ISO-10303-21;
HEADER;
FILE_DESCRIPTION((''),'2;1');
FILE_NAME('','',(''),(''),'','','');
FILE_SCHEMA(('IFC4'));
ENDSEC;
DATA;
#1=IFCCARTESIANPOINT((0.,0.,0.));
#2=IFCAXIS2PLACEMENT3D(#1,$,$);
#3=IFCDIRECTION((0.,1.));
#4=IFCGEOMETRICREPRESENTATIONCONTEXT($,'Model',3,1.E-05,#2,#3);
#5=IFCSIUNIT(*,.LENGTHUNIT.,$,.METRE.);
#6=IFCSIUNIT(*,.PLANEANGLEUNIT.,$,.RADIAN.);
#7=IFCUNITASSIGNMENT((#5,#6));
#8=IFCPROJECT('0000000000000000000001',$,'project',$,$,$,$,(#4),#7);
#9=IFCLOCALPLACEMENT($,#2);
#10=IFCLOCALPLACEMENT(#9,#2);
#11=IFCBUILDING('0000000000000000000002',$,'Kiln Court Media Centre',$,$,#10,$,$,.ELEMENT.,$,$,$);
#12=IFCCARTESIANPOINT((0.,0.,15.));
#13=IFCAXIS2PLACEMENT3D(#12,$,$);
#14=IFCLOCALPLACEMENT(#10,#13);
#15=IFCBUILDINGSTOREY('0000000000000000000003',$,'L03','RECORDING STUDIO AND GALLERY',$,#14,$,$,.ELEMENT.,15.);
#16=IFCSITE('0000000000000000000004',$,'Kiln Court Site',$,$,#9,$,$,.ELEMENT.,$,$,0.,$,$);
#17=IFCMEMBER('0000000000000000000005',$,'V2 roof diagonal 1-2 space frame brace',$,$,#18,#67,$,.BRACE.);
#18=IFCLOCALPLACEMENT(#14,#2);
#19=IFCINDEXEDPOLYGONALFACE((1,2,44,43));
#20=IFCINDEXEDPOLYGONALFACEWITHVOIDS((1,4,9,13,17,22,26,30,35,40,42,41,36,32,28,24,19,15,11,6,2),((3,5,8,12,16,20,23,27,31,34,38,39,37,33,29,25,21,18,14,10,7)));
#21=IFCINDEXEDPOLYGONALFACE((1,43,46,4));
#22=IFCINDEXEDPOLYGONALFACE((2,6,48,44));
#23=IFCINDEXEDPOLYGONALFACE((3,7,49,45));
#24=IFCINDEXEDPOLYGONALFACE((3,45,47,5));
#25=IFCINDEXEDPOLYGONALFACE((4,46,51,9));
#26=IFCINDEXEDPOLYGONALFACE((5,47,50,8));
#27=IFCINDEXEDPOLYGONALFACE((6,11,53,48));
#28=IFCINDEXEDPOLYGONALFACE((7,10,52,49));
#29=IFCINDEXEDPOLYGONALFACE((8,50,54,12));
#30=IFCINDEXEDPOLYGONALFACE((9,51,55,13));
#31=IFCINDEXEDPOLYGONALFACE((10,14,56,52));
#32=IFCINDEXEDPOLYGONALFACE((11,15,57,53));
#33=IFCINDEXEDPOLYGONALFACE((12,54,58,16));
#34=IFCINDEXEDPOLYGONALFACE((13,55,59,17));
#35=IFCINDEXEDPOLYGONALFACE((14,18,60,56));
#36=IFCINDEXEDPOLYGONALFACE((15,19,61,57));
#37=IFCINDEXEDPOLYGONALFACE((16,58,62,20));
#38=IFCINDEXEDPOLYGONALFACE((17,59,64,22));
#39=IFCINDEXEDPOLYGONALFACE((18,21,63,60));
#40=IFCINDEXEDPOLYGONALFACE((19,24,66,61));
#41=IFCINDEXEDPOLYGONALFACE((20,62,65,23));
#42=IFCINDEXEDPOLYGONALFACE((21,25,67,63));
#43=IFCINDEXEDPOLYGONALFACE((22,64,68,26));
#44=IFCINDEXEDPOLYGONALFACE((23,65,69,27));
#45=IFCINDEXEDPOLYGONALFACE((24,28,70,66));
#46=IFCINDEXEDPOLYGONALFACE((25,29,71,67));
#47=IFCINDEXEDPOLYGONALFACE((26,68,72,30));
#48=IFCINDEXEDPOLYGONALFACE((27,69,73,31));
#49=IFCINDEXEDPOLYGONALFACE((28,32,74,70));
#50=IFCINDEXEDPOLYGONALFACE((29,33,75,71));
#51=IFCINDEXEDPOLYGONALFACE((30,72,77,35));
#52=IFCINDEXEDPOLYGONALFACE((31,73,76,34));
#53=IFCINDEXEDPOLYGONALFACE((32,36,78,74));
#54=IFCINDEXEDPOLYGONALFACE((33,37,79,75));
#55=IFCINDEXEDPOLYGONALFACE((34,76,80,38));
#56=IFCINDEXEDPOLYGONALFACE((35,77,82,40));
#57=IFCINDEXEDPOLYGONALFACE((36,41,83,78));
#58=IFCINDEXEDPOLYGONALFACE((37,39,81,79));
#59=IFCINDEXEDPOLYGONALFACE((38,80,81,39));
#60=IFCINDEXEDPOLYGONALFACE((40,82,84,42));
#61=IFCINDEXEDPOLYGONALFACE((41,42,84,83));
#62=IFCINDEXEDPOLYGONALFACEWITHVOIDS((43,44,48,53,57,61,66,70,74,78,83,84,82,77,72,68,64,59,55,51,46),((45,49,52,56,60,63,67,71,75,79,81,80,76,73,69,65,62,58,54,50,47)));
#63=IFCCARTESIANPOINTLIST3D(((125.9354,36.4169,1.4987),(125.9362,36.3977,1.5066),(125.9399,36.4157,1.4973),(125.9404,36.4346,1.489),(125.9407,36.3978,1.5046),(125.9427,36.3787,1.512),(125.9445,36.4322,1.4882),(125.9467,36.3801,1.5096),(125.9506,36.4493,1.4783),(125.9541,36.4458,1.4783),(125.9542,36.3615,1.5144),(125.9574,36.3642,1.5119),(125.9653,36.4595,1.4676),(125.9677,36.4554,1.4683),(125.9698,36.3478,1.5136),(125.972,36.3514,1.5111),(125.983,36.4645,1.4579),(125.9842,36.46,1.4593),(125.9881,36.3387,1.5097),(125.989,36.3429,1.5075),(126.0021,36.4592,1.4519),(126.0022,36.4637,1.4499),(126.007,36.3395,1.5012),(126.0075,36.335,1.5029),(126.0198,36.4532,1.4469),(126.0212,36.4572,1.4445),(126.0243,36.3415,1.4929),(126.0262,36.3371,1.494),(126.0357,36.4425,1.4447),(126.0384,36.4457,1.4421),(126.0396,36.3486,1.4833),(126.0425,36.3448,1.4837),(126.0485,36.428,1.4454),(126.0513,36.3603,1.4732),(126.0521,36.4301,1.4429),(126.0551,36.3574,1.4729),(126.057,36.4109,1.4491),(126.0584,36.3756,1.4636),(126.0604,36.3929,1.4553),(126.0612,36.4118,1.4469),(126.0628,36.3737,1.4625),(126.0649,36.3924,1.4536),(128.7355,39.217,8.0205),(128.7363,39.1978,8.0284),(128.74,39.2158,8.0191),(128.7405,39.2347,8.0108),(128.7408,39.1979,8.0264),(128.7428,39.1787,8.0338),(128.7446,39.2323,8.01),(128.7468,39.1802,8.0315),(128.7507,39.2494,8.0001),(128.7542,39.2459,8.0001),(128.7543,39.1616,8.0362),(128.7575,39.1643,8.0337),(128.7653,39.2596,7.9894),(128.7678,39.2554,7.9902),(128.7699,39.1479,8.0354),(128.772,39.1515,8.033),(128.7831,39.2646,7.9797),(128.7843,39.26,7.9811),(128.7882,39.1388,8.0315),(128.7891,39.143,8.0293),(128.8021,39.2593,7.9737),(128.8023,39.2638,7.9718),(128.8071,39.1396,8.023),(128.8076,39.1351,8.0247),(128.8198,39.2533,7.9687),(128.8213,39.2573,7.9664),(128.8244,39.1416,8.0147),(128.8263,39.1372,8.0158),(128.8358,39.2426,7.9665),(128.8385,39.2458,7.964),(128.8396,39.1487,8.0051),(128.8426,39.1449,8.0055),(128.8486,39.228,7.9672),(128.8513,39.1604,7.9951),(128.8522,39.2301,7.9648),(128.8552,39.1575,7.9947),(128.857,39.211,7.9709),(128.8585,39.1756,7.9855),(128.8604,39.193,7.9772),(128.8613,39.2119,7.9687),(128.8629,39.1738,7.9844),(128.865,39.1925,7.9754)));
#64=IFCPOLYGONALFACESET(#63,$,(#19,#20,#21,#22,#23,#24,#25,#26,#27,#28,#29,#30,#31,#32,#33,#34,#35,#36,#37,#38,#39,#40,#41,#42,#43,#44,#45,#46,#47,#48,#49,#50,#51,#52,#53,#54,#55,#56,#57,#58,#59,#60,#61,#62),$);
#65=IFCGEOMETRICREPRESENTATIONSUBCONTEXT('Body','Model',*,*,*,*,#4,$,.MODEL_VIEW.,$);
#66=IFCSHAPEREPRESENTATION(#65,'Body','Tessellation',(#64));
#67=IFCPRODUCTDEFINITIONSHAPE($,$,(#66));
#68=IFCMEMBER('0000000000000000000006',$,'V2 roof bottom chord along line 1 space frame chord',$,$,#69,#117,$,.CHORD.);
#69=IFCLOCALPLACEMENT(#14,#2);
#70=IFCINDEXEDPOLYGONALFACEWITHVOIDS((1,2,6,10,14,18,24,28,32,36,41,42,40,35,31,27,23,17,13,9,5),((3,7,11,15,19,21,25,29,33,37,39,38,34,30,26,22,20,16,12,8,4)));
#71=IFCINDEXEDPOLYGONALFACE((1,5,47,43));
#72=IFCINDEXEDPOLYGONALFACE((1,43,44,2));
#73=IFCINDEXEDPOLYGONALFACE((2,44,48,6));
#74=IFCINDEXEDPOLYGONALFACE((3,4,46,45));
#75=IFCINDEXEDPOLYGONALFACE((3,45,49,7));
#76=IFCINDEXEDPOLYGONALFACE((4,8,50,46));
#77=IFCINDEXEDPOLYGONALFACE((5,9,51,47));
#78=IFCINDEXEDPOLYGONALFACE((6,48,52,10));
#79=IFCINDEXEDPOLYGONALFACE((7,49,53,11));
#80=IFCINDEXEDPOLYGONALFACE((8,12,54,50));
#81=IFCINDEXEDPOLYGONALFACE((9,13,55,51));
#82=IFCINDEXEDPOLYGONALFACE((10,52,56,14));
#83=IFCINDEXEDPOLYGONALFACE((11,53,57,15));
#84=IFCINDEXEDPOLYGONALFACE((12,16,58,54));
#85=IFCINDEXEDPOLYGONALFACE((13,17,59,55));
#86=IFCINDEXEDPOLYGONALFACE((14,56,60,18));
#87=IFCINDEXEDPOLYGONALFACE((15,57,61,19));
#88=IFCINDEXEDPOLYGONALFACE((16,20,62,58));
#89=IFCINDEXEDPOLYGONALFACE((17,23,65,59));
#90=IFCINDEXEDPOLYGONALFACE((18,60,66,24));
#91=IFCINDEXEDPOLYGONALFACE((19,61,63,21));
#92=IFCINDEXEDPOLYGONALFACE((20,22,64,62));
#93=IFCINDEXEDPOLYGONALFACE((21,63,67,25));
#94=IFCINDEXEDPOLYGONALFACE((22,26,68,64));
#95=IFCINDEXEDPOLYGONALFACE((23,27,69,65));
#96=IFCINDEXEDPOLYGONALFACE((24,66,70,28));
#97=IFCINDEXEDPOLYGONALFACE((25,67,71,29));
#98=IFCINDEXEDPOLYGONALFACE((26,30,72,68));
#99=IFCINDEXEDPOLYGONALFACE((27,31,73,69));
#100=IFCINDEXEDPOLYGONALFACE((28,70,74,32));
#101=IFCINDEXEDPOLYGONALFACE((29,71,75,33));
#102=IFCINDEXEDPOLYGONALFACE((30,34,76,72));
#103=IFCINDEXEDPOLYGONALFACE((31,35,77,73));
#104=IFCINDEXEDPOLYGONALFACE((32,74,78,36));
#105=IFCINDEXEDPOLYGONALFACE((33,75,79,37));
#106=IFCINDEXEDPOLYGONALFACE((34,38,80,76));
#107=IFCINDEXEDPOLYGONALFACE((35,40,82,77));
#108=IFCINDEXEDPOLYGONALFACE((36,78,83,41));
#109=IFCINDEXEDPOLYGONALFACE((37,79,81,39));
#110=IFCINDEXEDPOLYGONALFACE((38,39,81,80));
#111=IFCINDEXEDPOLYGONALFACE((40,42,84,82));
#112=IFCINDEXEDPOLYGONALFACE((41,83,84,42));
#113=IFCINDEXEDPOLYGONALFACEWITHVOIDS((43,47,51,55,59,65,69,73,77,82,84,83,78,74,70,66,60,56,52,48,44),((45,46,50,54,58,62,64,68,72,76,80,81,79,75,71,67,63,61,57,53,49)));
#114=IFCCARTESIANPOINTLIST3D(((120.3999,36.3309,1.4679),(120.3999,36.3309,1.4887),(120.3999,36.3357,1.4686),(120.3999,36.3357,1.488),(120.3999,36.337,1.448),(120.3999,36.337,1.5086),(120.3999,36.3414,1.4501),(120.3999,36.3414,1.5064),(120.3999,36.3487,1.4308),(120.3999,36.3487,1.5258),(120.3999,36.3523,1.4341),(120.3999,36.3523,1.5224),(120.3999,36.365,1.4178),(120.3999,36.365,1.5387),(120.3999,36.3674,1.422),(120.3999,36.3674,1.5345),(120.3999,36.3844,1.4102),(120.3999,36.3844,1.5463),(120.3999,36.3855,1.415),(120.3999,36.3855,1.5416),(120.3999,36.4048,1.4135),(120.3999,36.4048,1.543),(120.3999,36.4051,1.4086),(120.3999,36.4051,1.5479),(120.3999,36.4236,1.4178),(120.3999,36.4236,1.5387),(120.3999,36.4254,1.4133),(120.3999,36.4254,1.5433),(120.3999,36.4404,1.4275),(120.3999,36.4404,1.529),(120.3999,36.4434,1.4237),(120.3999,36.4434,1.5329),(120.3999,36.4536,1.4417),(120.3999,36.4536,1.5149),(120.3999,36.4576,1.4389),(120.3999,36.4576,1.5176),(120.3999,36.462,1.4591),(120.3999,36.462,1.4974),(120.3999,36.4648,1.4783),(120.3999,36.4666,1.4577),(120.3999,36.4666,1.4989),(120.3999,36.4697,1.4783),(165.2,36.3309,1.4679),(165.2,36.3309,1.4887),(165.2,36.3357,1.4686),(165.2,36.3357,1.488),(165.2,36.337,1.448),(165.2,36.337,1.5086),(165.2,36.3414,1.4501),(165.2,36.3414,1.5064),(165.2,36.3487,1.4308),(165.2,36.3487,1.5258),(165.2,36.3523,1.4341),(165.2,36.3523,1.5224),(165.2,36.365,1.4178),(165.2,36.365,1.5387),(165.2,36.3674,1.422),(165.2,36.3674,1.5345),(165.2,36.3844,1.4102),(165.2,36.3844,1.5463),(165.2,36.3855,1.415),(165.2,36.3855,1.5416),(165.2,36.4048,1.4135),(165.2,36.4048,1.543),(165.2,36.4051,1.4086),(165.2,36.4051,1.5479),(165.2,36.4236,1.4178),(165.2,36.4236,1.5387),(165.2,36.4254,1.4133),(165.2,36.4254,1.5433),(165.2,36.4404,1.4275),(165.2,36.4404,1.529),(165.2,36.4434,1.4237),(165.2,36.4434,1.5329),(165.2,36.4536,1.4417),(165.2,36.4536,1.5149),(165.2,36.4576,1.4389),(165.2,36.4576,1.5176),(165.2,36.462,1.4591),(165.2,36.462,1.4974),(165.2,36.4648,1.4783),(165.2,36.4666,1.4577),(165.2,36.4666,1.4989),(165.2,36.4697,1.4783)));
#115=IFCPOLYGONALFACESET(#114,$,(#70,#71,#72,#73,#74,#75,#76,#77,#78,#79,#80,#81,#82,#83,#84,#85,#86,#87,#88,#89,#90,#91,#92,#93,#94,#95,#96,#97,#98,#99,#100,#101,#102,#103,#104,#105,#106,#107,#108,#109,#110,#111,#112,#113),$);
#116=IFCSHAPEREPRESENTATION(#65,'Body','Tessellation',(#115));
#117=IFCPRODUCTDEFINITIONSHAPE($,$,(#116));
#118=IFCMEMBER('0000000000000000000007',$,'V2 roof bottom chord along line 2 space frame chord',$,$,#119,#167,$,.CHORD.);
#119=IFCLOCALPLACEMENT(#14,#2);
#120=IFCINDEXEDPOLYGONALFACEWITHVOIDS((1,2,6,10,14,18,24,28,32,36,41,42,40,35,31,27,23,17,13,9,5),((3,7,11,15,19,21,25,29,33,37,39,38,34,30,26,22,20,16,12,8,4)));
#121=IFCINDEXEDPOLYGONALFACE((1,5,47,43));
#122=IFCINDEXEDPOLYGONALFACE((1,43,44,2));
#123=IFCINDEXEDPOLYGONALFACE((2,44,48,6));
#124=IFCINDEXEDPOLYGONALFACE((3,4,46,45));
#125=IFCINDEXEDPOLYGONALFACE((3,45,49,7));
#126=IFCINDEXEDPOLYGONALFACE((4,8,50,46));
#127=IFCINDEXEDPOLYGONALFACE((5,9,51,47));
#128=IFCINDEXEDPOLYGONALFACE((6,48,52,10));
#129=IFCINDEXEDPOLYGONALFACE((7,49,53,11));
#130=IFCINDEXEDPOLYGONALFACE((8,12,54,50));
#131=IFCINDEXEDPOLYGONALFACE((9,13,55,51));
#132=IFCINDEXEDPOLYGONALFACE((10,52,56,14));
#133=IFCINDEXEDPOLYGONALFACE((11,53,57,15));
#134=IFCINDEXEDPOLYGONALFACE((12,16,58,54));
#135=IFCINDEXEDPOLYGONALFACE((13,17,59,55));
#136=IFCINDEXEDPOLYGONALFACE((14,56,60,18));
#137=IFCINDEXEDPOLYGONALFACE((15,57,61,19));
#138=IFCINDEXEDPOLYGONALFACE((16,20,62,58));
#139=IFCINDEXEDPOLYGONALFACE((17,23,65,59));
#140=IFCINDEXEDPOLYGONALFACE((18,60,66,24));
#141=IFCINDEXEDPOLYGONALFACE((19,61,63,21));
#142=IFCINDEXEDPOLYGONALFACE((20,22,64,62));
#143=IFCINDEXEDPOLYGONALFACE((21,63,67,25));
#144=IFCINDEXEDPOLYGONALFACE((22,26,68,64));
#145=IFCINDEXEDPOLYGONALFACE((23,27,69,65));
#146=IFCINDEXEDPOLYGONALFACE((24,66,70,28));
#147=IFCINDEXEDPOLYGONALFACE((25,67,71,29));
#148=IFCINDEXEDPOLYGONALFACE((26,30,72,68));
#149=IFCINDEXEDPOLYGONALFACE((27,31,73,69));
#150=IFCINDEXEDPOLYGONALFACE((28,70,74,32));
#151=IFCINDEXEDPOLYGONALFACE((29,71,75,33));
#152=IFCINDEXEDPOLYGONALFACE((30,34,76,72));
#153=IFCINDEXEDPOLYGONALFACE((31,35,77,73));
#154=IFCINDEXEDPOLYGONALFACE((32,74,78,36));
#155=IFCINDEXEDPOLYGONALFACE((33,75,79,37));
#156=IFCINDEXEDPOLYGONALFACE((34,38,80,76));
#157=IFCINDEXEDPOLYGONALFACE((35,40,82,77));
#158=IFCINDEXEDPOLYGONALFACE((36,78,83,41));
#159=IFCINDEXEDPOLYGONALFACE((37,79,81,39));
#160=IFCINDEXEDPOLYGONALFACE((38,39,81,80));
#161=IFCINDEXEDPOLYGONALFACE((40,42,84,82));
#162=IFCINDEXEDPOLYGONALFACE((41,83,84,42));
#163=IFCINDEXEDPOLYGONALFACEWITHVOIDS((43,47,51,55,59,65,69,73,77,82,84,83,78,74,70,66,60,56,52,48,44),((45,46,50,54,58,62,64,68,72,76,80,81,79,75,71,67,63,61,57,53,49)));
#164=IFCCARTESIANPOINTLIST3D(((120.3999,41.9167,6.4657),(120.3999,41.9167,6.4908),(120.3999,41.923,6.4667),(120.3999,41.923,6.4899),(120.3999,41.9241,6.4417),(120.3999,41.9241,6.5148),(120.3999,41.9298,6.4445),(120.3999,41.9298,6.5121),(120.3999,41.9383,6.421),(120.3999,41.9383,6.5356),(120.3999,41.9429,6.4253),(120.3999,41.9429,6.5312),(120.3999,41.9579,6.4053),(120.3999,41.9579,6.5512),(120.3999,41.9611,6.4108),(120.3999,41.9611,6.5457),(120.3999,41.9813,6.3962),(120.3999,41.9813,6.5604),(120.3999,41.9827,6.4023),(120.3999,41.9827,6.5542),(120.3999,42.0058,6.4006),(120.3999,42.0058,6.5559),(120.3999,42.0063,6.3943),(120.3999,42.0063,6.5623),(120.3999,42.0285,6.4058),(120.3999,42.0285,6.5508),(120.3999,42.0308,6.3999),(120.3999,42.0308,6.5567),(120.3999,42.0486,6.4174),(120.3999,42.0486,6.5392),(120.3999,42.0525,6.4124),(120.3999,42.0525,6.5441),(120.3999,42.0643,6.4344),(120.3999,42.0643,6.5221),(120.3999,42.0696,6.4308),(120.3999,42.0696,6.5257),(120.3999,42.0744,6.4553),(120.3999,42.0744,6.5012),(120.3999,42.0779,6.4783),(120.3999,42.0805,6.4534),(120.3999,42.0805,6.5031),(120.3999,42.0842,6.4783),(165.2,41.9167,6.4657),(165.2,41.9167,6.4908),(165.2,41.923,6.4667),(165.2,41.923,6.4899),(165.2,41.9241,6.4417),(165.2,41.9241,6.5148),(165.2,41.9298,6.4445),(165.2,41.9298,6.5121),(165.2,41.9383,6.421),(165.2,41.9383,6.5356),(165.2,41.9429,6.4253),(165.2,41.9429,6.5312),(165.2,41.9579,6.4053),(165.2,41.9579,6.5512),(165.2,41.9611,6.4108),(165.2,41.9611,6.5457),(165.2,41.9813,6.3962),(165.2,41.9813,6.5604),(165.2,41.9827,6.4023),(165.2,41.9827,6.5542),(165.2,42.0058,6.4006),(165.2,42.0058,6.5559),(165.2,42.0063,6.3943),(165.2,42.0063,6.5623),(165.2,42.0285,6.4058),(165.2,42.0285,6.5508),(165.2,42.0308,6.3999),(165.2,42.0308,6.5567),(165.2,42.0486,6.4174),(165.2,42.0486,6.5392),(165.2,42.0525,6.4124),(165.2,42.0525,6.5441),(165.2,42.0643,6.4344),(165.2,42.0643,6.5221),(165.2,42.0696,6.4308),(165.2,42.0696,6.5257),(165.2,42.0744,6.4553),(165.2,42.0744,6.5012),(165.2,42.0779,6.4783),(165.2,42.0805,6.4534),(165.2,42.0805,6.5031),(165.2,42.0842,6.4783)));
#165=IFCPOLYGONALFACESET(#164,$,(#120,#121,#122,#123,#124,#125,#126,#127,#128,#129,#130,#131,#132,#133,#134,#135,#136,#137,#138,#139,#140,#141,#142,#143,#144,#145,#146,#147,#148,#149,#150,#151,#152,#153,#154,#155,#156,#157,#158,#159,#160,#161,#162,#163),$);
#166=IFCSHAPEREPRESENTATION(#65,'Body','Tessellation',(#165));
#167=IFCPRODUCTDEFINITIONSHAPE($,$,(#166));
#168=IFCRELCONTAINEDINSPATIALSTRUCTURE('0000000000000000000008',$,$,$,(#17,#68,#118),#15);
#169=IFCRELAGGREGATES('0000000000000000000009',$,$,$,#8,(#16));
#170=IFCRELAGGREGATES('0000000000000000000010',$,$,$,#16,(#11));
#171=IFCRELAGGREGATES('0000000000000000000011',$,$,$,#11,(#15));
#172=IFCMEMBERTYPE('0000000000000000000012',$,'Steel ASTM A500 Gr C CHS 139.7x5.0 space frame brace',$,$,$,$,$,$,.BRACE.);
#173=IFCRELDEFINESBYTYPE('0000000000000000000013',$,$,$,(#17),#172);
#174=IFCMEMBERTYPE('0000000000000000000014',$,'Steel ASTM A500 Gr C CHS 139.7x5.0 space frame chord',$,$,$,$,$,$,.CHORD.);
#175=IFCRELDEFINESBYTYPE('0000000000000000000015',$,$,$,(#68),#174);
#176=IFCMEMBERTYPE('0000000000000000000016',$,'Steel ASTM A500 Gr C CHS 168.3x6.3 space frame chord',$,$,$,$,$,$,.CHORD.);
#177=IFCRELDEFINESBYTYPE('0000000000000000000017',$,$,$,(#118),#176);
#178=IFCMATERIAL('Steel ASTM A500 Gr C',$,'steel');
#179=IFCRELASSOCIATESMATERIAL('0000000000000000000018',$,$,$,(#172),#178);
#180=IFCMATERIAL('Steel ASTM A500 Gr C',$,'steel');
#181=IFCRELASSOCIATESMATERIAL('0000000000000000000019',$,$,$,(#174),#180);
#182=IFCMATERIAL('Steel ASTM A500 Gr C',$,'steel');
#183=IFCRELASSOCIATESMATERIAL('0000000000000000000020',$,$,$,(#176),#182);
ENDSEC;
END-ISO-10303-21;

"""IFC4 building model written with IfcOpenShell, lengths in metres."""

from ifc_helpers import new_model, si_unit, direction, frame, origin, origin_2d, place, context, subcontext, project, spatial, hollow_circle, extrude, material, material_profile, profile_set, type_object, element, save


model = new_model("IFC4")

# Units and contexts
model_context = context("Model", 3, precision=1e-05, world=origin(), true_north=direction((0.0, 1.0)))
body_context = subcontext(model_context, "Body", "Model", "MODEL_VIEW")
ifc_project = project(units=[si_unit("LENGTHUNIT", "METRE"), si_unit("PLANEANGLEUNIT", "RADIAN")], contexts=[model_context])

# Site, building, storey
site_placement = place(None, origin())
site = spatial("IfcSite", under=ifc_project, at=site_placement, Name="Kiln Court Site", CompositionType="ELEMENT", RefElevation=0.0)
building_placement = place(site_placement, origin())
building = spatial("IfcBuilding", under=site, at=building_placement, Name="Kiln Court Media Centre", CompositionType="ELEMENT")
storey_placement = place(building_placement, frame((0.0, 0.0, 15.0)))
storey = spatial("IfcBuildingStorey", under=building, at=storey_placement, Name="L03", Description="RECORDING STUDIO AND GALLERY", CompositionType="ELEMENT", Elevation=15.0)

# Members
ifc_material_1 = material(Name="Steel ASTM A500 Gr C", Category="steel")
ifc_material_profile_1 = material_profile(ifc_material_1, hollow_circle(Radius=0.0698, WallThickness=0.0049, at=origin_2d()), Name="CHS 139.7x5.0")
ifc_profile_set_1 = profile_set([ifc_material_profile_1], Name="Steel ASTM A500 Gr C")
member_type_1 = type_object("IfcMemberType", Name="Steel ASTM A500 Gr C CHS 139.7x5.0 space frame brace", PredefinedType="BRACE", material=ifc_profile_set_1)
member_1_placement = place(storey_placement, frame((126.0, 36.3999, 1.4783), z_axis=(0.36699, 0.36699, 0.854773), x_axis=(-0.707107, 0.707107, 0.0)))
element("IfcMember", 1, at=member_1_placement, inside=storey, type_object=member_type_1, Name="V2 roof diagonal 1-2 space frame brace", PredefinedType="BRACE", context=body_context, shape_type="SweptSolid", body=[
    extrude(hollow_circle(Radius=0.0698, WallThickness=0.0049, at=origin_2d()), origin(), (0.0, 0.0, 1.0), 7.6299),
])
ifc_material_2 = material(Name="Steel ASTM A500 Gr C", Category="steel")
ifc_material_profile_2 = material_profile(ifc_material_2, hollow_circle(Radius=0.0698, WallThickness=0.0049, at=origin_2d()), Name="CHS 139.7x5.0")
ifc_profile_set_2 = profile_set([ifc_material_profile_2], Name="Steel ASTM A500 Gr C")
member_type_2 = type_object("IfcMemberType", Name="Steel ASTM A500 Gr C CHS 139.7x5.0 space frame chord", PredefinedType="CHORD", material=ifc_profile_set_2)
member_2_placement = place(storey_placement, frame((120.3999, 36.3999, 1.4783), z_axis=(1.0, 0.0, 0.0), x_axis=(0.0, 1.0, 0.0)))
element("IfcMember", 2, at=member_2_placement, inside=storey, type_object=member_type_2, Name="V2 roof bottom chord along line 1 space frame chord", PredefinedType="CHORD", context=body_context, shape_type="SweptSolid", body=[
    extrude(hollow_circle(Radius=0.0698, WallThickness=0.0049, at=origin_2d()), origin(), (0.0, 0.0, 1.0), 44.8),
])
ifc_material_3 = material(Name="Steel ASTM A500 Gr C", Category="steel")
ifc_material_profile_3 = material_profile(ifc_material_3, hollow_circle(Radius=0.0842, WallThickness=0.0063, at=origin_2d()), Name="CHS 168.3x6.3")
ifc_profile_set_3 = profile_set([ifc_material_profile_3], Name="Steel ASTM A500 Gr C")
member_type_3 = type_object("IfcMemberType", Name="Steel ASTM A500 Gr C CHS 168.3x6.3 space frame chord", PredefinedType="CHORD", material=ifc_profile_set_3)
member_3_placement = place(storey_placement, frame((120.3999, 42.0, 6.4783), z_axis=(1.0, 0.0, 0.0), x_axis=(0.0, 1.0, 0.0)))
element("IfcMember", 3, at=member_3_placement, inside=storey, type_object=member_type_3, Name="V2 roof bottom chord along line 2 space frame chord", PredefinedType="CHORD", context=body_context, shape_type="SweptSolid", body=[
    extrude(hollow_circle(Radius=0.0842, WallThickness=0.0063, at=origin_2d()), origin(), (0.0, 0.0, 1.0), 44.8),
])

save(model, "model.ifc")
